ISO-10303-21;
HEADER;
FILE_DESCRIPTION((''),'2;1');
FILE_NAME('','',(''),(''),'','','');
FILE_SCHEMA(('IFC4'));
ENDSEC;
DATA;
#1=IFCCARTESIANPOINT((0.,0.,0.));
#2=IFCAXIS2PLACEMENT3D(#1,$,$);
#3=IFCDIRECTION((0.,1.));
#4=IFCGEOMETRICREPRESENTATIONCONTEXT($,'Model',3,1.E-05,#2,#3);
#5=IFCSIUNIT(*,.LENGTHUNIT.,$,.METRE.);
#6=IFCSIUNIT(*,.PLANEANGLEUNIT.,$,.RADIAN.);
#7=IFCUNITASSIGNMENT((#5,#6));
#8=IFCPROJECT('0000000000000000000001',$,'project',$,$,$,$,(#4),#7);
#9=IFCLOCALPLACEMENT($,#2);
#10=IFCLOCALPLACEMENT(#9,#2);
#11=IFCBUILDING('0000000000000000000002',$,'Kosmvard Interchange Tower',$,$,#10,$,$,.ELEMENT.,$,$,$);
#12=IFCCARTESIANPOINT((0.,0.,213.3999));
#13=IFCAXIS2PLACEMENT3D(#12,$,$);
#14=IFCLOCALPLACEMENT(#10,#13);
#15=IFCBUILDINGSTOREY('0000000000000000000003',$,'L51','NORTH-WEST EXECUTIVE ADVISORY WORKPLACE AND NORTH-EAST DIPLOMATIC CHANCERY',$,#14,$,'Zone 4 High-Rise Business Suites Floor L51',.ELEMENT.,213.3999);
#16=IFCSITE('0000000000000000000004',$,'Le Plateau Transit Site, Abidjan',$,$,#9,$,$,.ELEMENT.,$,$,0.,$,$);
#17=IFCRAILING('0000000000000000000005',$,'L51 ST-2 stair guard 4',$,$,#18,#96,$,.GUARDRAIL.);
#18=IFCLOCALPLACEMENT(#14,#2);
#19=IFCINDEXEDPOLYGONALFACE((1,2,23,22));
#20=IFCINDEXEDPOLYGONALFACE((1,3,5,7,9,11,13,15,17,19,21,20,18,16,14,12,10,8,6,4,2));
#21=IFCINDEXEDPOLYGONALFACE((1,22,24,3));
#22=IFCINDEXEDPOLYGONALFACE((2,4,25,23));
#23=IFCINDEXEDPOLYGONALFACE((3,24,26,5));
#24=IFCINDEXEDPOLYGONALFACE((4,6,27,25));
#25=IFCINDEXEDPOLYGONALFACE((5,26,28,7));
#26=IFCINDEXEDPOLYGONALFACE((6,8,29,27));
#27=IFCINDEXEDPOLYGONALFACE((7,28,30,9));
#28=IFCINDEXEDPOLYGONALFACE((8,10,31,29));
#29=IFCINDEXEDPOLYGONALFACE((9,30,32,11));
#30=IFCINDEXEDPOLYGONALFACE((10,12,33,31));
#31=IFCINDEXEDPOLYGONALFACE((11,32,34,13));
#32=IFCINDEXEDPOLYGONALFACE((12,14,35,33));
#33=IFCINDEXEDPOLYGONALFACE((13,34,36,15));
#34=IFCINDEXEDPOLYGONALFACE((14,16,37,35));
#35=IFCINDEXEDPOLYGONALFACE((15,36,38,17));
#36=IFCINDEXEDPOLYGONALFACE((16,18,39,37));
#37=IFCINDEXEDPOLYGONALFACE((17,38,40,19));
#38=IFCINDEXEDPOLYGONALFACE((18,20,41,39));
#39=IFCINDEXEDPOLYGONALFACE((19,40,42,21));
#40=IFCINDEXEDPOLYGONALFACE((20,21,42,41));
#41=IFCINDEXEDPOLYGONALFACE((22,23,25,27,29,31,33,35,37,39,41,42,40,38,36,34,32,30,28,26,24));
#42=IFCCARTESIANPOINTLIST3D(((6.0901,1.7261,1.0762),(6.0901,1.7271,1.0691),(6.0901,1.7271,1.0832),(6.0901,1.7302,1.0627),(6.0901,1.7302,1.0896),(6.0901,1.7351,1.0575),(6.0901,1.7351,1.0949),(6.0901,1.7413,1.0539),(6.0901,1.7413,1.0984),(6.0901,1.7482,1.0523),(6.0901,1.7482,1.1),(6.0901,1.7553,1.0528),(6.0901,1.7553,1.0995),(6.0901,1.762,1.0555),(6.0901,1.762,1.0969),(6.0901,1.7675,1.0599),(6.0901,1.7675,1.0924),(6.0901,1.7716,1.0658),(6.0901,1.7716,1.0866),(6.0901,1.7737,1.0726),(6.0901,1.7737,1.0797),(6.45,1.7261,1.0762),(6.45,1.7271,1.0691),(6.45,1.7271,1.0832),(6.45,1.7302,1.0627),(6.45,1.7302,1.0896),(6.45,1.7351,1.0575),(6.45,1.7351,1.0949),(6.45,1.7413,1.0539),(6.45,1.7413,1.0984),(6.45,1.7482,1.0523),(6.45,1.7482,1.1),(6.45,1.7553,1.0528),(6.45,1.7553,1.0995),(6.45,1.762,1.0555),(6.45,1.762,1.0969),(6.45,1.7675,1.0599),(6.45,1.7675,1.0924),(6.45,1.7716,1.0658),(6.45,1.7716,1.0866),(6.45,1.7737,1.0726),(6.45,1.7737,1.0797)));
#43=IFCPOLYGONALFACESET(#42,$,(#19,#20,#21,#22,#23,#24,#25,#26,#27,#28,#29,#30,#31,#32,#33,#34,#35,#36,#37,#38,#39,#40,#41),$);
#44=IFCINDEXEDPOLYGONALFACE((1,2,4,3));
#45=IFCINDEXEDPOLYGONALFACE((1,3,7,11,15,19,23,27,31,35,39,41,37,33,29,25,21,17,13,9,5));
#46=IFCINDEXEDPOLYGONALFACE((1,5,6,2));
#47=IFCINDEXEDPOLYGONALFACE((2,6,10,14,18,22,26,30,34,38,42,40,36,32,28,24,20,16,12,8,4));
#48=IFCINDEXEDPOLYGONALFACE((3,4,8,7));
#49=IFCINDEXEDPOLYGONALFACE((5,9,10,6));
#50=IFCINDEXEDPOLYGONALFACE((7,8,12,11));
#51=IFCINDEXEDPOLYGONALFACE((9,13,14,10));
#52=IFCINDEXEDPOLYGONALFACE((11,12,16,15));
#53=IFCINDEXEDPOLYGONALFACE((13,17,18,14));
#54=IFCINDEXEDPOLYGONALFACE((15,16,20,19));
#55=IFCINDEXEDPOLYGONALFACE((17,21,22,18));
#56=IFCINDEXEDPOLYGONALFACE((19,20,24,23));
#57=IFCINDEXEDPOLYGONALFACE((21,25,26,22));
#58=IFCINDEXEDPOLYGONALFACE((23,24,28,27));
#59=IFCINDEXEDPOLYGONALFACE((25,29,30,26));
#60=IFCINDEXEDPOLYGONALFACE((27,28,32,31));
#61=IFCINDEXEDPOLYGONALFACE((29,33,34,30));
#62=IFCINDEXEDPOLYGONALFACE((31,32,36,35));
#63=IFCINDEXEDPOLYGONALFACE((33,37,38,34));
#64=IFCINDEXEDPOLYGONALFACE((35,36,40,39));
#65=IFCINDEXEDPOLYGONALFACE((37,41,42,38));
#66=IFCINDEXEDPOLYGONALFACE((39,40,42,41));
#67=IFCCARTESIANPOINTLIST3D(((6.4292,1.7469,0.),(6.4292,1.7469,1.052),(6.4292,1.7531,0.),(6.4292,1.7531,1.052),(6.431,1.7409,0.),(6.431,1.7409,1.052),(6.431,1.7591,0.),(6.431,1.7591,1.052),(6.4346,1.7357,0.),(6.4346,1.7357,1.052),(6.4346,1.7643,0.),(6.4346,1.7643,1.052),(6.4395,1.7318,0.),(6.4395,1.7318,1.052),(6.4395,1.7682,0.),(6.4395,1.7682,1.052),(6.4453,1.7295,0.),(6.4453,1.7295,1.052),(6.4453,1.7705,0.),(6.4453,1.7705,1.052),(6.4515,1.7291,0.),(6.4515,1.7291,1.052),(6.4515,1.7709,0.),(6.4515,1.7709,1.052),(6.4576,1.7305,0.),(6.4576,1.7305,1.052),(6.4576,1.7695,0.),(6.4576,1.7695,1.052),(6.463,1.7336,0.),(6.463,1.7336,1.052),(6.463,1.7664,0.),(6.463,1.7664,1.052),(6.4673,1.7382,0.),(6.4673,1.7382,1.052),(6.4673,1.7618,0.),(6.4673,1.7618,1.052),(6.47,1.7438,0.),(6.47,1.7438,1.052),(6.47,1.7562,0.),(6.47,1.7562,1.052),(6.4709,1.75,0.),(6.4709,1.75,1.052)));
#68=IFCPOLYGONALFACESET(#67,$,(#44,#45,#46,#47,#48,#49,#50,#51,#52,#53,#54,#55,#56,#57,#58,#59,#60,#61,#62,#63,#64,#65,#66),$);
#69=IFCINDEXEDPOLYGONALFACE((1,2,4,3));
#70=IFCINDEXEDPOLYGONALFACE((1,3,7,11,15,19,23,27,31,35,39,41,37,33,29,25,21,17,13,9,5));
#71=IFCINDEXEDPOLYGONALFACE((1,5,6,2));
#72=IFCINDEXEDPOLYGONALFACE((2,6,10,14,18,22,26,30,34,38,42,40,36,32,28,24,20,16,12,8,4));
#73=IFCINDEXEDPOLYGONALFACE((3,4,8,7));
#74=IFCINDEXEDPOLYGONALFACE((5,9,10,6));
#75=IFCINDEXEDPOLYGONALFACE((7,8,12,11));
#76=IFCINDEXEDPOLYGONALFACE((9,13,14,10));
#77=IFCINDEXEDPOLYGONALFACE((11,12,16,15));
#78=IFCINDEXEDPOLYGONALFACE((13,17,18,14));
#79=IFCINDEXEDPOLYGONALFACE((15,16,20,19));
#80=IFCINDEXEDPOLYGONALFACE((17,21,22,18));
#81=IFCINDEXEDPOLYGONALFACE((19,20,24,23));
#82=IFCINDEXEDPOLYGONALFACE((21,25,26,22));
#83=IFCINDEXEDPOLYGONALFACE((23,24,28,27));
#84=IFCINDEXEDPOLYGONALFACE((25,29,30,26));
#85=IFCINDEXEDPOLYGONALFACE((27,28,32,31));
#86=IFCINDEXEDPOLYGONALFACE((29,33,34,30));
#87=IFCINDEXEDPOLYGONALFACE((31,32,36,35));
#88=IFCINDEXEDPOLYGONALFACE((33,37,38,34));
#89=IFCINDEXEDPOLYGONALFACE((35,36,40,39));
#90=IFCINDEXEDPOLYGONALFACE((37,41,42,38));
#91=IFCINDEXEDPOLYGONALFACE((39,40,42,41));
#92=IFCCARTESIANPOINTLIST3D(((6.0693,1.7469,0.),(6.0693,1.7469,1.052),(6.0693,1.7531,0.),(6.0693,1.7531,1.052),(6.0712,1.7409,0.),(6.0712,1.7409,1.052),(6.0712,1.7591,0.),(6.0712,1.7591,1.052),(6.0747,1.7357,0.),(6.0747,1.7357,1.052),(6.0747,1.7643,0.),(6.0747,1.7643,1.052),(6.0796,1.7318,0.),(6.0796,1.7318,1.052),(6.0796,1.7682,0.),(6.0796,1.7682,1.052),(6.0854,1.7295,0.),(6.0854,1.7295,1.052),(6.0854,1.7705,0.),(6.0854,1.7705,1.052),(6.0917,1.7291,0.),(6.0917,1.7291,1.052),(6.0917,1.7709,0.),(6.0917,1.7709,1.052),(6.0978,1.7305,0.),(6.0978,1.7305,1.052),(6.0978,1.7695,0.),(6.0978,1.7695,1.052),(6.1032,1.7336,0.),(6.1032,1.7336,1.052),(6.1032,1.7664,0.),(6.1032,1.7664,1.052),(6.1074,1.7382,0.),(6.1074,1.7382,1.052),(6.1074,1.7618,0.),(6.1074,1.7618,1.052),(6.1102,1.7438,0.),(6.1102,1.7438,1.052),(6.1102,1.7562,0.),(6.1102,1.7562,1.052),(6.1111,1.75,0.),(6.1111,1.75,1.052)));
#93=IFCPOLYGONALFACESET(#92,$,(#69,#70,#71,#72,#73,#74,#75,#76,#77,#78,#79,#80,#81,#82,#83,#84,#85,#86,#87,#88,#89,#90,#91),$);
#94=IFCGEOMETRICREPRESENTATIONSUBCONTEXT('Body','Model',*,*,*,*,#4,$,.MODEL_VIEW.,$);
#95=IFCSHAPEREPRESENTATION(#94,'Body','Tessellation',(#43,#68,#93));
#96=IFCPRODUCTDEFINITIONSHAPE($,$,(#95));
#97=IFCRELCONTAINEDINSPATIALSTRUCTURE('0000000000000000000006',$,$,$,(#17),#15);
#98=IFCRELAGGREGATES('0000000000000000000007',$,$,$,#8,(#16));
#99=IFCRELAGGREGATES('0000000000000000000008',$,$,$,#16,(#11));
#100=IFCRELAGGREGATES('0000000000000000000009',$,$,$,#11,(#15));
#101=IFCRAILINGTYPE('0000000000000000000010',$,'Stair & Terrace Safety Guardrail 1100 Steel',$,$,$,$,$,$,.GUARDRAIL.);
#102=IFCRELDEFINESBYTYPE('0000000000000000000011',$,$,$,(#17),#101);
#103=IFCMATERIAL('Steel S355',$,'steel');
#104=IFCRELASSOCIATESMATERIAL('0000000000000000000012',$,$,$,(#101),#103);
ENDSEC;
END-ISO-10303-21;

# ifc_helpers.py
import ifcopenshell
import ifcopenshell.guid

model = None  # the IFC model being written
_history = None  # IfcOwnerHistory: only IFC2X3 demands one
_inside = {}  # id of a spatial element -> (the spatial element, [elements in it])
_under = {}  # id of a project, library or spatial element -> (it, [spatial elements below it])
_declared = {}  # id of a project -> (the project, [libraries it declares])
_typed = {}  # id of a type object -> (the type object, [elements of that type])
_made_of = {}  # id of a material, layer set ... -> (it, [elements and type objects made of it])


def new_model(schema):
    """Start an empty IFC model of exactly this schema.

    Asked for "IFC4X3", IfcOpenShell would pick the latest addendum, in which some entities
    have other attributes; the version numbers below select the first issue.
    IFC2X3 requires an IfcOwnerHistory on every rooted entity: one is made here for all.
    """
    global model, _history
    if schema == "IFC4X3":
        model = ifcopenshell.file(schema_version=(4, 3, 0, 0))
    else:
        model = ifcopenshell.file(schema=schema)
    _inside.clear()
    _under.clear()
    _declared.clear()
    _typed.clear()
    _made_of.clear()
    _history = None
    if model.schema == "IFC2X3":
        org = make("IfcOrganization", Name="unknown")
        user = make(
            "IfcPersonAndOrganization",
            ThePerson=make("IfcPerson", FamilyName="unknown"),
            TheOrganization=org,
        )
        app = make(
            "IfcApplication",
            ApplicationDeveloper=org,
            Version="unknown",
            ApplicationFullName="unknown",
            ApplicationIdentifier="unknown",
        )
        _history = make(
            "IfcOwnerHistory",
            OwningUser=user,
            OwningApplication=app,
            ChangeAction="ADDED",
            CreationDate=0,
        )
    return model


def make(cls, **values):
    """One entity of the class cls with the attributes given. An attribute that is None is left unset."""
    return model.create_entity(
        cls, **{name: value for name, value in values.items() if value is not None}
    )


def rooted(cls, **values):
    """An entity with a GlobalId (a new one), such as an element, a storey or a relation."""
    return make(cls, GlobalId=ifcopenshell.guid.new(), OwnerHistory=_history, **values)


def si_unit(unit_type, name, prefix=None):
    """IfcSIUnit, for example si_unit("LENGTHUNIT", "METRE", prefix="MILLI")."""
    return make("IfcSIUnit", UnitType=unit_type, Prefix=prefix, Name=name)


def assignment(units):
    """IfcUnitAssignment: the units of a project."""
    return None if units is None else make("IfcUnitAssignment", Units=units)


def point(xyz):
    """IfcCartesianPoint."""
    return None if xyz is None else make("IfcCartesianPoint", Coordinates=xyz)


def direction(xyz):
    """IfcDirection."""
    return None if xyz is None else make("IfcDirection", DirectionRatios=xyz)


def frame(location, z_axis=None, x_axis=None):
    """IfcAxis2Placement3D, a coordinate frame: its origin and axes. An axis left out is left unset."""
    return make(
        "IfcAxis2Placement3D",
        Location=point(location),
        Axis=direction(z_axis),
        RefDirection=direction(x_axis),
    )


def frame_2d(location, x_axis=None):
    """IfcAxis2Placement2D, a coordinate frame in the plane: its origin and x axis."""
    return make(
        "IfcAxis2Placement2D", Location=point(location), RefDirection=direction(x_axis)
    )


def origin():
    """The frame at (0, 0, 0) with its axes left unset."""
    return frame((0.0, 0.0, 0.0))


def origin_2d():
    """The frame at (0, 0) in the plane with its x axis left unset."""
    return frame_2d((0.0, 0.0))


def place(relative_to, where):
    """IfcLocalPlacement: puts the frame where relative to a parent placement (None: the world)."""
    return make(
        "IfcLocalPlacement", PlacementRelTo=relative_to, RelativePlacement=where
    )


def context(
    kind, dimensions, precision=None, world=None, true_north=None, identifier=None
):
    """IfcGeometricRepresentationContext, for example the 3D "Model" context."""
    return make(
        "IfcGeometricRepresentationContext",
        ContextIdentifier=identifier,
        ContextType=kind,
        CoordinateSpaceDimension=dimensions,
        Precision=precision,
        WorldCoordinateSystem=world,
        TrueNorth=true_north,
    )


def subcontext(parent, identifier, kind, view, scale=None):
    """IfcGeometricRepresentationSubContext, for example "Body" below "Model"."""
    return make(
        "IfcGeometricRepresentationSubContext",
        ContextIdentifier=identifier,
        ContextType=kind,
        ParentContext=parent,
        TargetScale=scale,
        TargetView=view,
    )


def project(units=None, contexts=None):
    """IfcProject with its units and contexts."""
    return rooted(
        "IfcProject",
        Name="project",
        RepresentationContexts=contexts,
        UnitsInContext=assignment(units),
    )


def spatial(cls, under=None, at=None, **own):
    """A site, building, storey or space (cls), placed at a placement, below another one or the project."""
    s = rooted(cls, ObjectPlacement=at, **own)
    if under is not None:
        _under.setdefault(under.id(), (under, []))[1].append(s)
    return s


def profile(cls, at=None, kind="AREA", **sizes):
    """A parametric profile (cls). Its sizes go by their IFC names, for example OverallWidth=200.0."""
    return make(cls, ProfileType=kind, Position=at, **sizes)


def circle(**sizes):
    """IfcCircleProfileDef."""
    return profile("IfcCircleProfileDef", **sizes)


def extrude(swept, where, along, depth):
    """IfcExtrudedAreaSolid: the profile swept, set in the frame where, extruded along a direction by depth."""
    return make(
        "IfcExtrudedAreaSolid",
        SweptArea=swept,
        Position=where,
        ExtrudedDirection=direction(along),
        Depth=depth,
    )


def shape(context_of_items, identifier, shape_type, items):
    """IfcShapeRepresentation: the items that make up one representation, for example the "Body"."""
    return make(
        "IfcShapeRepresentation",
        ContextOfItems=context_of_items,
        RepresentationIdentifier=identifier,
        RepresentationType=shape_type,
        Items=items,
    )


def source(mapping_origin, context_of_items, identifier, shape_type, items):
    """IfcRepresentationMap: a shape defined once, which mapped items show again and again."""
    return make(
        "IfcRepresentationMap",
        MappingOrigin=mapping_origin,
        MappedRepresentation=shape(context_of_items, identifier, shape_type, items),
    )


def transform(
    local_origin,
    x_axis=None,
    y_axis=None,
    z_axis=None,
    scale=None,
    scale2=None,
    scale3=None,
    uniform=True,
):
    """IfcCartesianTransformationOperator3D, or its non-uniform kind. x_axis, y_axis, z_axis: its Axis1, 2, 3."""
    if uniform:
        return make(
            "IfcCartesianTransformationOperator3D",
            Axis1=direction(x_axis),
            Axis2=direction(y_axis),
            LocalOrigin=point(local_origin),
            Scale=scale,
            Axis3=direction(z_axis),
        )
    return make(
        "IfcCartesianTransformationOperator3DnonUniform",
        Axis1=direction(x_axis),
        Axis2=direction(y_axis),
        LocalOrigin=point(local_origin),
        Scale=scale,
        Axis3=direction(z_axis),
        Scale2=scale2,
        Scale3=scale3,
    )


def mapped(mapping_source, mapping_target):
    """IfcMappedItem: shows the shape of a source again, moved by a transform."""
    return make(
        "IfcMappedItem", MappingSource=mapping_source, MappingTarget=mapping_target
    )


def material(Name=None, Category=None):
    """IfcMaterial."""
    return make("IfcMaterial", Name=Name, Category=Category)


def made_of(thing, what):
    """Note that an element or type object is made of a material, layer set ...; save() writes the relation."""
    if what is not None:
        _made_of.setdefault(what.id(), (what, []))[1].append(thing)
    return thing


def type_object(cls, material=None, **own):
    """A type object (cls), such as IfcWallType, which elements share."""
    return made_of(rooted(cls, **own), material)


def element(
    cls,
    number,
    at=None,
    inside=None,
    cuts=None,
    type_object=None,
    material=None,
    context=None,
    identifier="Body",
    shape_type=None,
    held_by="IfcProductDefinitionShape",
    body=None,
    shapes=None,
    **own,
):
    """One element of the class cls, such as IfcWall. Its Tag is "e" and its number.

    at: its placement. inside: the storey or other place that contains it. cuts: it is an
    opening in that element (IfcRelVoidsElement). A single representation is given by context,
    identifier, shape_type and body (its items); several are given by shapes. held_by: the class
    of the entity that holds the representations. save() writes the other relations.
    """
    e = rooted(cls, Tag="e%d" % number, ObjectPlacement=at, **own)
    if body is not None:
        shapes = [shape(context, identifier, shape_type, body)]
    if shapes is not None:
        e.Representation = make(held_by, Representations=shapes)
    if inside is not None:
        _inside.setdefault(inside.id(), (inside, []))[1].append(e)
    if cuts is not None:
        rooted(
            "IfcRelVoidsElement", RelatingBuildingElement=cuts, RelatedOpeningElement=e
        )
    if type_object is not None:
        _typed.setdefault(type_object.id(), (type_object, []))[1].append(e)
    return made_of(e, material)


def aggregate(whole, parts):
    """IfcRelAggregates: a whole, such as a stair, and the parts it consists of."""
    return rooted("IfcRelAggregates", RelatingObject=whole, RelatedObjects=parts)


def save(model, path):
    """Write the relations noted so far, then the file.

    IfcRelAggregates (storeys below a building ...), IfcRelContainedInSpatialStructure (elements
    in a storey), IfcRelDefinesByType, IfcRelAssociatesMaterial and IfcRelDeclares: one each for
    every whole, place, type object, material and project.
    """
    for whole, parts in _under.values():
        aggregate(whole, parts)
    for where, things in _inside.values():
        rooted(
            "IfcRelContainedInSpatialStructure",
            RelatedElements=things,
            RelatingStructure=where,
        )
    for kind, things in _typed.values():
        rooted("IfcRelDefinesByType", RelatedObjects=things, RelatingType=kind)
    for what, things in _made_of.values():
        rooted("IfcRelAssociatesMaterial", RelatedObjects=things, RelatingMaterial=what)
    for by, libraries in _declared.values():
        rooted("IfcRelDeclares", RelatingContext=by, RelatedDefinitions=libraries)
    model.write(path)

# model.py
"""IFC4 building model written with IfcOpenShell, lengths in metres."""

from ifc_helpers import new_model, si_unit, direction, frame, origin, origin_2d, place, context, subcontext, project, spatial, circle, extrude, source, transform, mapped, material, type_object, element, save


model = new_model("IFC4")

# Units and contexts
model_context = context("Model", 3, precision=1e-05, world=origin(), true_north=direction((0.0, 1.0)))
body_context = subcontext(model_context, "Body", "Model", "MODEL_VIEW")
ifc_project = project(units=[si_unit("LENGTHUNIT", "METRE"), si_unit("PLANEANGLEUNIT", "RADIAN")], contexts=[model_context])

# Site, building, storey
site_placement = place(None, origin())
site = spatial("IfcSite", under=ifc_project, at=site_placement, Name="Le Plateau Transit Site, Abidjan", CompositionType="ELEMENT", RefElevation=0.0)
building_placement = place(site_placement, origin())
building = spatial("IfcBuilding", under=site, at=building_placement, Name="Kosmvard Interchange Tower", CompositionType="ELEMENT")
storey_placement = place(building_placement, frame((0.0, 0.0, 213.3999)))
storey = spatial("IfcBuildingStorey", under=building, at=storey_placement, Name="L51", Description="NORTH-WEST EXECUTIVE ADVISORY WORKPLACE AND NORTH-EAST DIPLOMATIC CHANCERY", LongName="Zone 4 High-Rise Business Suites Floor L51", CompositionType="ELEMENT", Elevation=213.3999)

# Railing
ifc_material_1 = material(Name="Steel S355", Category="steel")
railing_type_1 = type_object("IfcRailingType", Name="Stair & Terrace Safety Guardrail 1100 Steel", PredefinedType="GUARDRAIL", material=ifc_material_1)
shared_shape_1 = source(origin(), body_context, "Body", "SweptSolid", [
    extrude(circle(Radius=0.0239, at=origin_2d()), frame((0.0, 0.0, 1.0762), z_axis=(-1.0, 0.0, 0.0), x_axis=(0.0, -1.0, 0.0)), (0.0, 0.0, 1.0), 0.3599),
    extrude(circle(Radius=0.021, at=origin_2d()), origin(), (0.0, 0.0, 1.0), 1.052),
    extrude(circle(Radius=0.021, at=origin_2d()), frame((-0.3599, 0.0, 0.0)), (0.0, 0.0, 1.0), 1.052),
])
for number, where, name in (
    (1, (6.45, 1.75, 0.0), "L51 ST-2 stair guard 4"),
):
    element("IfcRailing", number, at=place(storey_placement, frame(where)), inside=storey, type_object=railing_type_1, Name=name, PredefinedType="GUARDRAIL", context=body_context, shape_type="MappedRepresentation", body=[
        mapped(shared_shape_1, transform((0.0, 0.0, 0.0), scale=1.0)),
    ])

save(model, "model.ifc")
